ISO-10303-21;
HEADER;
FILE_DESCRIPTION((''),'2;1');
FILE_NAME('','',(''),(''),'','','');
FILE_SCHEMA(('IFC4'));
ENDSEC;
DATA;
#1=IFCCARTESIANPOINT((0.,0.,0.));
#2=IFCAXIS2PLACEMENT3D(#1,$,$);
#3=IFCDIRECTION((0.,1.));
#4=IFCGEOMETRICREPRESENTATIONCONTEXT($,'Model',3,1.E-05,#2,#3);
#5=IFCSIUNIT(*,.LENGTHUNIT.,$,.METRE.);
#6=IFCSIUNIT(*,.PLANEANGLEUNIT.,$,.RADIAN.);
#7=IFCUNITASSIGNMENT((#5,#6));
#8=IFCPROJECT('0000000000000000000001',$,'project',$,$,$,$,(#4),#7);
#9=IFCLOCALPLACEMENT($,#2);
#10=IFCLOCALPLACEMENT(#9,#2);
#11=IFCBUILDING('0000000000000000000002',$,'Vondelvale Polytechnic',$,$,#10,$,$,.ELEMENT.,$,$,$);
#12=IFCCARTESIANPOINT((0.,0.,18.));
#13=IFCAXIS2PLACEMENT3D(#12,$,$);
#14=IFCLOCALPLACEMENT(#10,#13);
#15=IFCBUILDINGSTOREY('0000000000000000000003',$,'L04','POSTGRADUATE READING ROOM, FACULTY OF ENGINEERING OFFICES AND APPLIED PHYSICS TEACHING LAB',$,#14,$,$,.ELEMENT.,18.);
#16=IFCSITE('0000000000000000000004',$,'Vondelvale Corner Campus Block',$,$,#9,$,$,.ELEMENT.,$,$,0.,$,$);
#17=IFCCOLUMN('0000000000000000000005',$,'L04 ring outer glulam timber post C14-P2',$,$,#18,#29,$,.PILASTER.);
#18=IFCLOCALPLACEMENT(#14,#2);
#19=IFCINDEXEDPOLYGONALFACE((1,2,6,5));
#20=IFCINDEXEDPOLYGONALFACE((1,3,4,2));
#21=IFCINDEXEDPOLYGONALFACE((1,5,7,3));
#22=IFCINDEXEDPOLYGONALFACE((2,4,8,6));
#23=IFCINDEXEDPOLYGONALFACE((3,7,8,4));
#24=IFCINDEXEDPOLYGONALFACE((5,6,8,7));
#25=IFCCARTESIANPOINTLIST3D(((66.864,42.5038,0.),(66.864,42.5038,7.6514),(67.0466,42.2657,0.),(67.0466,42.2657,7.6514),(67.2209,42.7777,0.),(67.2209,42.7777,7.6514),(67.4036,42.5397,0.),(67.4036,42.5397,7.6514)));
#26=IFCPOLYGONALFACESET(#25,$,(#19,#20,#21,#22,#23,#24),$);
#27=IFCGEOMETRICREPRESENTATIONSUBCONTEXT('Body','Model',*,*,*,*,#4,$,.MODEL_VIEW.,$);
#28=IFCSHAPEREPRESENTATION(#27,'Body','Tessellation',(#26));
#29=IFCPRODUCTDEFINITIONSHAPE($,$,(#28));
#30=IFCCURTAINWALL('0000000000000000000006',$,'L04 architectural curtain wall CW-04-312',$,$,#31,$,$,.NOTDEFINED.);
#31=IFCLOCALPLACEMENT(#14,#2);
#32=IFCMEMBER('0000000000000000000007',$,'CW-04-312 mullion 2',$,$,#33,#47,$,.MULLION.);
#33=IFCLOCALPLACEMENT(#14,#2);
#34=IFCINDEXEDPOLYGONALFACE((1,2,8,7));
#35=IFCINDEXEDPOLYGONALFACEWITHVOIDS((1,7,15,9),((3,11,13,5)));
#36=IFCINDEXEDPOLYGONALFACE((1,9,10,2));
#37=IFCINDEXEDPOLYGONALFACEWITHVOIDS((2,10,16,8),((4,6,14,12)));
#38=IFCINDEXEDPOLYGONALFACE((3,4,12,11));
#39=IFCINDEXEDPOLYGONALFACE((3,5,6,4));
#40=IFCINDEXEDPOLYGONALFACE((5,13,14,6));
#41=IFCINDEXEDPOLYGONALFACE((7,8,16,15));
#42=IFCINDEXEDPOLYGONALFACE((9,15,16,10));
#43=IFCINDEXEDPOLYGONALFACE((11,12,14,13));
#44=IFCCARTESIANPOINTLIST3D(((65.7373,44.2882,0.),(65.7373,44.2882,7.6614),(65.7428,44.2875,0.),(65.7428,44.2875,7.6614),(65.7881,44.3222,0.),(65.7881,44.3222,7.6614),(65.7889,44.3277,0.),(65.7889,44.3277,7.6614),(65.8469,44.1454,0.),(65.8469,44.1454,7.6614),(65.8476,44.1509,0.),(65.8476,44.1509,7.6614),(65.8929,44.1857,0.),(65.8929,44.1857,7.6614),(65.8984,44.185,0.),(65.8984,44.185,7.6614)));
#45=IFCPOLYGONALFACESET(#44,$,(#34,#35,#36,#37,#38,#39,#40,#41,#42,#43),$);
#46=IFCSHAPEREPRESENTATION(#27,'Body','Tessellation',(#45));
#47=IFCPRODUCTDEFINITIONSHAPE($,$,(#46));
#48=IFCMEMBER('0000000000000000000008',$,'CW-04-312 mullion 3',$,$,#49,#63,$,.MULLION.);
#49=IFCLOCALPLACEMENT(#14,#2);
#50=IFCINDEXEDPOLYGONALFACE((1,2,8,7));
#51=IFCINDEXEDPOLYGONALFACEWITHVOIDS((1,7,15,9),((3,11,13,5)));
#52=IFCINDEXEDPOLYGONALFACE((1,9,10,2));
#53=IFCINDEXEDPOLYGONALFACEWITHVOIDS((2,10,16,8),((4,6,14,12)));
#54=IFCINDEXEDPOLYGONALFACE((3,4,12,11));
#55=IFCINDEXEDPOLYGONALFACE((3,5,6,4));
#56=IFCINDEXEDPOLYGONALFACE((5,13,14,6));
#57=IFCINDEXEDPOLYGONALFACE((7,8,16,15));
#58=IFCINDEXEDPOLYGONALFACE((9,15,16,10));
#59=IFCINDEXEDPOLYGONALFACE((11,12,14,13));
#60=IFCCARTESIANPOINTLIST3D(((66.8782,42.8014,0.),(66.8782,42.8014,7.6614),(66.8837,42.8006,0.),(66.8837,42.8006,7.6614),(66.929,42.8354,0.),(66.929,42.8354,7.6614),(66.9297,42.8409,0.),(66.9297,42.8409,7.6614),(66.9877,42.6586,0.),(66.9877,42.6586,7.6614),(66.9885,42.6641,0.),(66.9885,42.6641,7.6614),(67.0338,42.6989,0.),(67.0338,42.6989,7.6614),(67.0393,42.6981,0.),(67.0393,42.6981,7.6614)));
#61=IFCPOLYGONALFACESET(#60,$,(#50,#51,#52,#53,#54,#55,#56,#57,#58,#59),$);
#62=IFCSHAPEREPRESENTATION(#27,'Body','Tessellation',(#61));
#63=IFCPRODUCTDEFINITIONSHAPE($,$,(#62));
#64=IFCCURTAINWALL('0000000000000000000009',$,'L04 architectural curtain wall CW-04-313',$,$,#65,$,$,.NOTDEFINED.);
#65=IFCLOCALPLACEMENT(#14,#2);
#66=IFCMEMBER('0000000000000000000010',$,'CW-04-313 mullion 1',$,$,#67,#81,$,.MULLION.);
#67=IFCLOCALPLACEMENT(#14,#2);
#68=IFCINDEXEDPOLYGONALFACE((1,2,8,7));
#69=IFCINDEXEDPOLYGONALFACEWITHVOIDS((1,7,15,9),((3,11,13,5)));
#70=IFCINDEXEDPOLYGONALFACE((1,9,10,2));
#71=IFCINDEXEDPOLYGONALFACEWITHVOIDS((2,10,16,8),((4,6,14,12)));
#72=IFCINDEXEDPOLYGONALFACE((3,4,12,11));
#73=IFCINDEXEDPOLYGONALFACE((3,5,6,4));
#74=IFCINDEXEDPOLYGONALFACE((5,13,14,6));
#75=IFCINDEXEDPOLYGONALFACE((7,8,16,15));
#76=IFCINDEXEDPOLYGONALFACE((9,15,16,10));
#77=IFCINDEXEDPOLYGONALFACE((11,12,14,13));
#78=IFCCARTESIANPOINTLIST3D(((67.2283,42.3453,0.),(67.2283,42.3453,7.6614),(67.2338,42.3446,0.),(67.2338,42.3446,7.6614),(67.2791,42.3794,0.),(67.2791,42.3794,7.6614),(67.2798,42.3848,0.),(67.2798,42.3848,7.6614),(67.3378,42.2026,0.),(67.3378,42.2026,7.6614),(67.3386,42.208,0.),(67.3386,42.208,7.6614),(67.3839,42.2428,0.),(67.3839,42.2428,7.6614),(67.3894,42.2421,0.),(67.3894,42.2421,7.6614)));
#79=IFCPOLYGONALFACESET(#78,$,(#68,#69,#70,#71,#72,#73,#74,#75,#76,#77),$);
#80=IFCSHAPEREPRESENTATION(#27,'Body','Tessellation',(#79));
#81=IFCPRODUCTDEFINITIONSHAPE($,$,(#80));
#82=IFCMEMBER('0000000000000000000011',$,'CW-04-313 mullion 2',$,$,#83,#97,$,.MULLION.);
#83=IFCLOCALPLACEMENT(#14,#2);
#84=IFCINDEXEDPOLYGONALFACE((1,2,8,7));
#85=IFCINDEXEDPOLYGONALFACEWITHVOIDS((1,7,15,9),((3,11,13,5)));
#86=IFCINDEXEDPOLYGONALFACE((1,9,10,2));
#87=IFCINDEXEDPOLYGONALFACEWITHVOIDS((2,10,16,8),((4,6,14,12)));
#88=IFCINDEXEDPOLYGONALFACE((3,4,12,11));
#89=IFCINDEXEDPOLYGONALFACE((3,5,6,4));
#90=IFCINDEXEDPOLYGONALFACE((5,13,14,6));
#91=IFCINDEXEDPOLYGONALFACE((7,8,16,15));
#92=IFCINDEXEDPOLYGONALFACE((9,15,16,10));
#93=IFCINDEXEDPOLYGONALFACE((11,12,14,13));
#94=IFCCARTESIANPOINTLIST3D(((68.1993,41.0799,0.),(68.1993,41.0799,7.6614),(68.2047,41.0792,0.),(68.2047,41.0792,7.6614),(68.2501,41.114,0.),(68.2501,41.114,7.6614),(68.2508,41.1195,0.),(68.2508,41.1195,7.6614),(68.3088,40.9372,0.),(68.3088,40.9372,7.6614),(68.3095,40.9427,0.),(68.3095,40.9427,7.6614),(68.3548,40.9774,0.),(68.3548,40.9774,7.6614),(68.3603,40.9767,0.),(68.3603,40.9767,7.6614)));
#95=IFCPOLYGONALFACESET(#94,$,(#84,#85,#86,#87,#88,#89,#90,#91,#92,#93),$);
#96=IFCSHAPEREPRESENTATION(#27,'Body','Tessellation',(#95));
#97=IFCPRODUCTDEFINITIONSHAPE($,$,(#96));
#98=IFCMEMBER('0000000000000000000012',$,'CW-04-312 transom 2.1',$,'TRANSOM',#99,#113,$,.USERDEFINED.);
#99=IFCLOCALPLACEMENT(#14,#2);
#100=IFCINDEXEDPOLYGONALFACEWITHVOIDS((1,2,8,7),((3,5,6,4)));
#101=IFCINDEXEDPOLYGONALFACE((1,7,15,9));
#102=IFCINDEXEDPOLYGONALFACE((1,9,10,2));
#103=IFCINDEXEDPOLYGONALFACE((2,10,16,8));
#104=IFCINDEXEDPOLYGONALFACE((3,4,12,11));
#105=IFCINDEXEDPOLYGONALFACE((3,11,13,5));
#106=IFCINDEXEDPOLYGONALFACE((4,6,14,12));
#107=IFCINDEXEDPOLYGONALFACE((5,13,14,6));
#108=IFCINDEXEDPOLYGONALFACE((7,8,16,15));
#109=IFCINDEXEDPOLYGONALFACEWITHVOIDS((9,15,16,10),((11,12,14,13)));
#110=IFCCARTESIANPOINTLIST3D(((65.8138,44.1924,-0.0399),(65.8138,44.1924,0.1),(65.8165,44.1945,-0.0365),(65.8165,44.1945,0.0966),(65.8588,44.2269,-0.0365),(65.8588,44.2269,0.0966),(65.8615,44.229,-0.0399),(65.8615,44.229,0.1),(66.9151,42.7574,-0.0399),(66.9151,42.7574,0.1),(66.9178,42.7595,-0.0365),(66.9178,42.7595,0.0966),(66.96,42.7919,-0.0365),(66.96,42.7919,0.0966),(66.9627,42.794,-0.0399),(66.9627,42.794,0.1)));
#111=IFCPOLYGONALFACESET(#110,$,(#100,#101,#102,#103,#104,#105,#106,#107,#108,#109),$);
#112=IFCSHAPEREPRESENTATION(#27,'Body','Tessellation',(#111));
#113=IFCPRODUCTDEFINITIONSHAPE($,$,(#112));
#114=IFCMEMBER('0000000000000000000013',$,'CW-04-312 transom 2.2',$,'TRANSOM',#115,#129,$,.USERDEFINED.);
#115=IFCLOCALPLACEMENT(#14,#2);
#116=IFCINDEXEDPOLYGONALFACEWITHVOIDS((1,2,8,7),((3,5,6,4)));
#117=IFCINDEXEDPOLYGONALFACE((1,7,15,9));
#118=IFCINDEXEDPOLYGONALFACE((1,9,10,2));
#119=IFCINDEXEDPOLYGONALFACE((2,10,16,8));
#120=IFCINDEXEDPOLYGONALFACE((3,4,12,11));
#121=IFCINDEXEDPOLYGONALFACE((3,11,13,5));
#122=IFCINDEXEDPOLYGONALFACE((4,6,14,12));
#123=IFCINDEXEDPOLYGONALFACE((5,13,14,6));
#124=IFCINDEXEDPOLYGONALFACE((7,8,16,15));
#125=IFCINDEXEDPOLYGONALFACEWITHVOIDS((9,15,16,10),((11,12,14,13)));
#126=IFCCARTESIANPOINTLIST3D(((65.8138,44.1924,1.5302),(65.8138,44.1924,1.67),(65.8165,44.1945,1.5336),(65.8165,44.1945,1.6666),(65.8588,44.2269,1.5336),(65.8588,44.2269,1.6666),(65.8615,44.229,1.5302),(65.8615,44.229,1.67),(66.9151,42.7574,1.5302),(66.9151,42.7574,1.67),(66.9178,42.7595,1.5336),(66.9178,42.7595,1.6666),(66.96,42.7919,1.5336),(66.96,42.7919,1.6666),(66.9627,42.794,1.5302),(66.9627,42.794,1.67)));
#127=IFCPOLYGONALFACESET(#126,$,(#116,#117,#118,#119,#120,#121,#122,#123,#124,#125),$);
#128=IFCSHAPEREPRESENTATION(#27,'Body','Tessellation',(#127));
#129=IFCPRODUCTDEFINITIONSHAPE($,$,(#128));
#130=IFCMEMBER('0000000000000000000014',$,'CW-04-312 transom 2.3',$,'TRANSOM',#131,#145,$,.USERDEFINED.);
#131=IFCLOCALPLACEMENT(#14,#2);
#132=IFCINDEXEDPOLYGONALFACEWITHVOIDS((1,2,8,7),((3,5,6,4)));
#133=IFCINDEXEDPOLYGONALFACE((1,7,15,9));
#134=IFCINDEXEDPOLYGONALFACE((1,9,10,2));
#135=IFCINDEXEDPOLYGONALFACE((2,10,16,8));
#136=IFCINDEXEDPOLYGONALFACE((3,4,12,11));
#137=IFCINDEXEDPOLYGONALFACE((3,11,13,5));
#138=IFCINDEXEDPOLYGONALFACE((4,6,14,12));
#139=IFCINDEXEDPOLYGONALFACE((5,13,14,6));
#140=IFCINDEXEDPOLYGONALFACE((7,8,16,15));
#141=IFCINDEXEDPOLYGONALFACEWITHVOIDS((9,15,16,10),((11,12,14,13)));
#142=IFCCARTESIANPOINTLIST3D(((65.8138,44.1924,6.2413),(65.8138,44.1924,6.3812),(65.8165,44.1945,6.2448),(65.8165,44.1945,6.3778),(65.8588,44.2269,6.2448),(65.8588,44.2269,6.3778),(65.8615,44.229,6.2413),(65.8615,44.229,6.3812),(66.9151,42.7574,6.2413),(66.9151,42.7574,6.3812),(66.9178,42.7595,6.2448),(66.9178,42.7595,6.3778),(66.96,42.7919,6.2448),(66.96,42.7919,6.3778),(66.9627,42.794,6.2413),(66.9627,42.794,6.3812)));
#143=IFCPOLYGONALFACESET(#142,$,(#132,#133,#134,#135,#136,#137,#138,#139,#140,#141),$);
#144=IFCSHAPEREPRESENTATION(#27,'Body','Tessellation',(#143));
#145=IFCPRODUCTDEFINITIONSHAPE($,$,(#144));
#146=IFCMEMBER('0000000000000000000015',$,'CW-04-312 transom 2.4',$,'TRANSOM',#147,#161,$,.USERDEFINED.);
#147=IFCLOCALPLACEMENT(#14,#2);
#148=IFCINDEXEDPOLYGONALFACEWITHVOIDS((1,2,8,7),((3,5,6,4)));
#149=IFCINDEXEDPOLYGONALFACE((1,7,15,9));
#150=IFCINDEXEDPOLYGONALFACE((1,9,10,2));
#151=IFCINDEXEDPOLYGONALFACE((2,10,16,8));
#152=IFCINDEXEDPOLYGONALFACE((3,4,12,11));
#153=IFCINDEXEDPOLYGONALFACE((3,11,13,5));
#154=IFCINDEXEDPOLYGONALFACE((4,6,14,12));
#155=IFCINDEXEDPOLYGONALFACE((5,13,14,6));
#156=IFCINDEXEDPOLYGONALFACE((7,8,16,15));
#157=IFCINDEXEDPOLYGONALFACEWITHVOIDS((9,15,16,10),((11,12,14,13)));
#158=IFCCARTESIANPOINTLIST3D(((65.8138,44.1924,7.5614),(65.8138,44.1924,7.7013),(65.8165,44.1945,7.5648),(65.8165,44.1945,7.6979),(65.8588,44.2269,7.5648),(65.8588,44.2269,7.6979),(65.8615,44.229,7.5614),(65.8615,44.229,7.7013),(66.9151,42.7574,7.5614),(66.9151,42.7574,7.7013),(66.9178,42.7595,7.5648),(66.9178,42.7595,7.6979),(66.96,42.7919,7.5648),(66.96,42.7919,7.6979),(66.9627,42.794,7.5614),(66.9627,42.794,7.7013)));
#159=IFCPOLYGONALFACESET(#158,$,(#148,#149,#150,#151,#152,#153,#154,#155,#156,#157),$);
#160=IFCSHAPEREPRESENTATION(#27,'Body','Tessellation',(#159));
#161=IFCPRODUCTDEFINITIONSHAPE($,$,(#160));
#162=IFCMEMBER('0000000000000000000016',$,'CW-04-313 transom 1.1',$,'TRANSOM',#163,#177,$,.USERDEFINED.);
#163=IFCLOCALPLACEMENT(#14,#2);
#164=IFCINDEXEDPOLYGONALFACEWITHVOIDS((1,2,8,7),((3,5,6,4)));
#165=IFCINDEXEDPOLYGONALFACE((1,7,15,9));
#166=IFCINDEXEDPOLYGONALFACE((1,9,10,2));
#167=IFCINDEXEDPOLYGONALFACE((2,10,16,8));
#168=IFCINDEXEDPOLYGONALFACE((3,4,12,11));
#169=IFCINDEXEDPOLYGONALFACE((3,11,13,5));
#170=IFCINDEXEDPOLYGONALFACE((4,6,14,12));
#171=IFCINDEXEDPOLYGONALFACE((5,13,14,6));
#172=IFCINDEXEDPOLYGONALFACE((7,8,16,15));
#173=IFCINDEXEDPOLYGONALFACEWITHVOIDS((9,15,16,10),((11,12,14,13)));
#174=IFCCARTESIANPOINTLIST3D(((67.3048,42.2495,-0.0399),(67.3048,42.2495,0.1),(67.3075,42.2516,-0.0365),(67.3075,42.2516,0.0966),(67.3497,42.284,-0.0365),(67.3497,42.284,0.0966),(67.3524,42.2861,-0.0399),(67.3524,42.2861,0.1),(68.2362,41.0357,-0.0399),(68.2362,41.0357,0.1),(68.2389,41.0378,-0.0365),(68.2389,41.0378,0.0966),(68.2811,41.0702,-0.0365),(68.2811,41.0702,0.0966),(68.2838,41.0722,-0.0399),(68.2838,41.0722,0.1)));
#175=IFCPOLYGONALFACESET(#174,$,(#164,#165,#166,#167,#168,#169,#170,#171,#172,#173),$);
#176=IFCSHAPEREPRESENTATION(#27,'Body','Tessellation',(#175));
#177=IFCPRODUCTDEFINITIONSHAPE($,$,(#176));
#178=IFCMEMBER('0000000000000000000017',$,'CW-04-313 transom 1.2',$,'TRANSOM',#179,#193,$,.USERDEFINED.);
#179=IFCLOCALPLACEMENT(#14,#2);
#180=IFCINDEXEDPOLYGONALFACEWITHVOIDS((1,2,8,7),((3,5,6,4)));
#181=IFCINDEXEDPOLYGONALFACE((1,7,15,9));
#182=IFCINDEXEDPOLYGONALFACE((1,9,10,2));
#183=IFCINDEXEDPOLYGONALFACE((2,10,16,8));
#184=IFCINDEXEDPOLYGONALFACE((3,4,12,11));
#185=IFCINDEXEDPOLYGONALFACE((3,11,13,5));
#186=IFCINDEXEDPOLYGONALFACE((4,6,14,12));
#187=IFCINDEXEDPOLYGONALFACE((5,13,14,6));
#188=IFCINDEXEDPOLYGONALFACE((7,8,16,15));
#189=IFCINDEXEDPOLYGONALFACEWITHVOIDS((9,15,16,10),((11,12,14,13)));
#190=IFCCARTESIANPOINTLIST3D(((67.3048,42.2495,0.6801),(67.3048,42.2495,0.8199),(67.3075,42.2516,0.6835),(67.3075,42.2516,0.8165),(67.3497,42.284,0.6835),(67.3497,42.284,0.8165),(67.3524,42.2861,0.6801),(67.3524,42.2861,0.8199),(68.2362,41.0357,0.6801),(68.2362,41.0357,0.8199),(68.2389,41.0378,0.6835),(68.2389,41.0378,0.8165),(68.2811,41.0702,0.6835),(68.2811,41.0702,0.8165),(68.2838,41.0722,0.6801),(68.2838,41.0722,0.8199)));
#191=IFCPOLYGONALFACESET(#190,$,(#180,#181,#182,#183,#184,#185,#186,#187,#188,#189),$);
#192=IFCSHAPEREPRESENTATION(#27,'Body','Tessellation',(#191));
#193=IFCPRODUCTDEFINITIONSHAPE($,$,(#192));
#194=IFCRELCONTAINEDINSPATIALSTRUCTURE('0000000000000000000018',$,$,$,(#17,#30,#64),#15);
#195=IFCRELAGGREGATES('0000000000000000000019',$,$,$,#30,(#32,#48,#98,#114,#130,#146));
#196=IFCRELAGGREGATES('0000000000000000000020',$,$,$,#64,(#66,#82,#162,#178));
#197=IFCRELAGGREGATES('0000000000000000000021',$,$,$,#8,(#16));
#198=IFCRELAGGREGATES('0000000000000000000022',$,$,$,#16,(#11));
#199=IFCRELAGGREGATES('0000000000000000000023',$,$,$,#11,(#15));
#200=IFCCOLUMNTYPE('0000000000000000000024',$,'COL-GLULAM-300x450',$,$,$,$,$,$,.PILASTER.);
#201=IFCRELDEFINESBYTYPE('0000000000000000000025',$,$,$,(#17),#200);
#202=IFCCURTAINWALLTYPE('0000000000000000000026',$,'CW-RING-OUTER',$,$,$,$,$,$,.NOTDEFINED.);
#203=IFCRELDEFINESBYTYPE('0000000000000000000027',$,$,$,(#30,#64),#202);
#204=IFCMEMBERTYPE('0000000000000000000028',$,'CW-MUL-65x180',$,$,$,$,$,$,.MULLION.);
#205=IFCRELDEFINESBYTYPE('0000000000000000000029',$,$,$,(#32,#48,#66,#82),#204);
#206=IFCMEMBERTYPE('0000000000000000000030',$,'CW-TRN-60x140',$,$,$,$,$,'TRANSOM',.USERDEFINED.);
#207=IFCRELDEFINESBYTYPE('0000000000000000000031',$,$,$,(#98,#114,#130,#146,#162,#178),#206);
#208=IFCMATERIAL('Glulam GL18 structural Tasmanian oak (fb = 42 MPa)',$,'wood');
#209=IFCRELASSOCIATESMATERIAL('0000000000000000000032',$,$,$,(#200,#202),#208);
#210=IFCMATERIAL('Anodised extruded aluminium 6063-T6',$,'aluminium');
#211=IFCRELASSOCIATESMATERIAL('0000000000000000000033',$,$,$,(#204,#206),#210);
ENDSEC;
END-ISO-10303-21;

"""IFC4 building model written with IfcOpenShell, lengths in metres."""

from ifc_helpers import new_model, si_unit, direction, frame, origin, origin_2d, place, context, subcontext, project, spatial, rectangle, hollow_rectangle, extrude, material, material_profile, profile_set, type_object, element, aggregate, save


model = new_model("IFC4")

# Units and contexts
model_context = context("Model", 3, precision=1e-05, world=origin(), true_north=direction((0.0, 1.0)))
body_context = subcontext(model_context, "Body", "Model", "MODEL_VIEW")
ifc_project = project(units=[si_unit("LENGTHUNIT", "METRE"), si_unit("PLANEANGLEUNIT", "RADIAN")], contexts=[model_context])

# Site, building, storey
site_placement = place(None, origin())
site = spatial("IfcSite", under=ifc_project, at=site_placement, Name="Vondelvale Corner Campus Block", CompositionType="ELEMENT", RefElevation=0.0)
building_placement = place(site_placement, origin())
building = spatial("IfcBuilding", under=site, at=building_placement, Name="Vondelvale Polytechnic", CompositionType="ELEMENT")
storey_placement = place(building_placement, frame((0.0, 0.0, 18.0)))
storey = spatial("IfcBuildingStorey", under=building, at=storey_placement, Name="L04", Description="POSTGRADUATE READING ROOM, FACULTY OF ENGINEERING OFFICES AND APPLIED PHYSICS TEACHING LAB", CompositionType="ELEMENT", Elevation=18.0)

# Column
ifc_material_1 = material(Name="Glulam GL18 structural Tasmanian oak (fb = 42 MPa)", Category="wood")
ifc_material_profile_1 = material_profile(ifc_material_1, rectangle(XDim=0.3, YDim=0.45, at=origin_2d()), Name="GL-POST-300x450")
ifc_profile_set_1 = profile_set([ifc_material_profile_1], Name="Glulam GL18 structural Tasmanian oak (fb = 42 MPa)")
column_type = type_object("IfcColumnType", Name="COL-GLULAM-300x450", PredefinedType="PILASTER", material=ifc_profile_set_1)
column_placement = place(storey_placement, frame((67.1338, 42.5217, 0.0), z_axis=(0.0, 0.0, 1.0), x_axis=(-0.608761, 0.793353, 0.0)))
element("IfcColumn", 1, at=column_placement, inside=storey, type_object=column_type, Name="L04 ring outer glulam timber post C14-P2", PredefinedType="PILASTER", context=body_context, shape_type="SweptSolid", body=[
    extrude(rectangle(XDim=0.3, YDim=0.45, at=origin_2d()), origin(), (0.0, 0.0, 1.0), 7.6514),
])

# Curtain walls, members
curtain_wall_type = type_object("IfcCurtainWallType", Name="CW-RING-OUTER", PredefinedType="NOTDEFINED", material=ifc_material_1)
curtain_wall_1_placement = place(storey_placement, origin())
curtain_wall_1 = element("IfcCurtainWall", 2, at=curtain_wall_1_placement, inside=storey, type_object=curtain_wall_type, Name="L04 architectural curtain wall CW-04-312", PredefinedType="NOTDEFINED")
ifc_material_2 = material(Name="Anodised extruded aluminium 6063-T6", Category="aluminium")
ifc_material_profile_2 = material_profile(ifc_material_2, hollow_rectangle(XDim=0.0649, YDim=0.1799, WallThickness=0.0039, at=origin_2d()), Name="CW-MUL-180x65")
ifc_profile_set_2 = profile_set([ifc_material_profile_2], Name="Anodised extruded aluminium 6063-T6")
member_type_1 = type_object("IfcMemberType", Name="CW-MUL-65x180", PredefinedType="MULLION", material=ifc_profile_set_2)
member_1_placement = place(storey_placement, frame((65.8179, 44.2366, 0.0), z_axis=(0.0, 0.0, 1.0), x_axis=(0.793346, 0.608771, 0.0)))
member_1 = element("IfcMember", 3, at=member_1_placement, type_object=member_type_1, Name="CW-04-312 mullion 2", PredefinedType="MULLION", context=body_context, shape_type="SweptSolid", body=[
    extrude(hollow_rectangle(XDim=0.0649, YDim=0.1799, WallThickness=0.0039, at=origin_2d()), origin(), (0.0, 0.0, 1.0), 7.6614),
])
member_2_placement = place(storey_placement, frame((66.9587, 42.7498, 0.0), z_axis=(0.0, 0.0, 1.0), x_axis=(0.793346, 0.608771, 0.0)))
member_2 = element("IfcMember", 4, at=member_2_placement, type_object=member_type_1, Name="CW-04-312 mullion 3", PredefinedType="MULLION", context=body_context, shape_type="SweptSolid", body=[
    extrude(hollow_rectangle(XDim=0.0649, YDim=0.1799, WallThickness=0.0039, at=origin_2d()), origin(), (0.0, 0.0, 1.0), 7.6614),
])
curtain_wall_2_placement = place(storey_placement, origin())
curtain_wall_2 = element("IfcCurtainWall", 5, at=curtain_wall_2_placement, inside=storey, type_object=curtain_wall_type, Name="L04 architectural curtain wall CW-04-313", PredefinedType="NOTDEFINED")
member_3_placement = place(storey_placement, frame((67.3088, 42.2937, 0.0), z_axis=(0.0, 0.0, 1.0), x_axis=(0.793334, 0.608787, 0.0)))
member_3 = element("IfcMember", 6, at=member_3_placement, type_object=member_type_1, Name="CW-04-313 mullion 1", PredefinedType="MULLION", context=body_context, shape_type="SweptSolid", body=[
    extrude(hollow_rectangle(XDim=0.0649, YDim=0.1799, WallThickness=0.0039, at=origin_2d()), origin(), (0.0, 0.0, 1.0), 7.6614),
])
member_4_placement = place(storey_placement, frame((68.2798, 41.0283, 0.0), z_axis=(0.0, 0.0, 1.0), x_axis=(0.793334, 0.608787, 0.0)))
member_4 = element("IfcMember", 7, at=member_4_placement, type_object=member_type_1, Name="CW-04-313 mullion 2", PredefinedType="MULLION", context=body_context, shape_type="SweptSolid", body=[
    extrude(hollow_rectangle(XDim=0.0649, YDim=0.1799, WallThickness=0.0039, at=origin_2d()), origin(), (0.0, 0.0, 1.0), 7.6614),
])

# Members
ifc_material_profile_3 = material_profile(ifc_material_2, hollow_rectangle(XDim=0.0601, YDim=0.1399, WallThickness=0.0034, at=origin_2d()), Name="CW-TRN-140x60")
ifc_profile_set_3 = profile_set([ifc_material_profile_3], Name="Anodised extruded aluminium 6063-T6")
member_type_2 = type_object("IfcMemberType", Name="CW-TRN-60x140", ElementType="TRANSOM", PredefinedType="USERDEFINED", material=ifc_profile_set_3)
member_5_placement = place(storey_placement, frame((65.8376, 44.2107, 0.03), z_axis=(0.608817, -0.793311, 0.0), x_axis=(0.793311, 0.608817, 0.0)))
member_5 = element("IfcMember", 8, at=member_5_placement, type_object=member_type_2, Name="CW-04-312 transom 2.1", ObjectType="TRANSOM", PredefinedType="USERDEFINED", context=body_context, shape_type="SweptSolid", body=[
    extrude(hollow_rectangle(XDim=0.0601, YDim=0.1399, WallThickness=0.0034, at=origin_2d()), origin(), (0.0, 0.0, 1.0), 1.8088),
])
member_6_placement = place(storey_placement, frame((65.8376, 44.2107, 1.6001), z_axis=(0.608817, -0.793311, 0.0), x_axis=(0.793311, 0.608817, 0.0)))
member_6 = element("IfcMember", 9, at=member_6_placement, type_object=member_type_2, Name="CW-04-312 transom 2.2", ObjectType="TRANSOM", PredefinedType="USERDEFINED", context=body_context, shape_type="SweptSolid", body=[
    extrude(hollow_rectangle(XDim=0.0601, YDim=0.1399, WallThickness=0.0034, at=origin_2d()), origin(), (0.0, 0.0, 1.0), 1.8088),
])
member_7_placement = place(storey_placement, frame((65.8376, 44.2107, 6.3113), z_axis=(0.608817, -0.793311, 0.0), x_axis=(0.793311, 0.608817, 0.0)))
member_7 = element("IfcMember", 10, at=member_7_placement, type_object=member_type_2, Name="CW-04-312 transom 2.3", ObjectType="TRANSOM", PredefinedType="USERDEFINED", context=body_context, shape_type="SweptSolid", body=[
    extrude(hollow_rectangle(XDim=0.0601, YDim=0.1399, WallThickness=0.0034, at=origin_2d()), origin(), (0.0, 0.0, 1.0), 1.8088),
])
member_8_placement = place(storey_placement, frame((65.8376, 44.2107, 7.6313), z_axis=(0.608817, -0.793311, 0.0), x_axis=(0.793311, 0.608817, 0.0)))
member_8 = element("IfcMember", 11, at=member_8_placement, type_object=member_type_2, Name="CW-04-312 transom 2.4", ObjectType="TRANSOM", PredefinedType="USERDEFINED", context=body_context, shape_type="SweptSolid", body=[
    extrude(hollow_rectangle(XDim=0.0601, YDim=0.1399, WallThickness=0.0034, at=origin_2d()), origin(), (0.0, 0.0, 1.0), 1.8088),
])
member_9_placement = place(storey_placement, frame((67.3286, 42.2678, 0.03), z_axis=(0.608746, -0.793365, 0.0), x_axis=(0.793365, 0.608746, 0.0)))
member_9 = element("IfcMember", 12, at=member_9_placement, type_object=member_type_2, Name="CW-04-313 transom 1.1", ObjectType="TRANSOM", PredefinedType="USERDEFINED", context=body_context, shape_type="SweptSolid", body=[
    extrude(hollow_rectangle(XDim=0.0601, YDim=0.1399, WallThickness=0.0034, at=origin_2d()), origin(), (0.0, 0.0, 1.0), 1.53),
])
member_10_placement = place(storey_placement, frame((67.3286, 42.2678, 0.75), z_axis=(0.608746, -0.793365, 0.0), x_axis=(0.793365, 0.608746, 0.0)))
member_10 = element("IfcMember", 13, at=member_10_placement, type_object=member_type_2, Name="CW-04-313 transom 1.2", ObjectType="TRANSOM", PredefinedType="USERDEFINED", context=body_context, shape_type="SweptSolid", body=[
    extrude(hollow_rectangle(XDim=0.0601, YDim=0.1399, WallThickness=0.0034, at=origin_2d()), origin(), (0.0, 0.0, 1.0), 1.53),
])

aggregate(curtain_wall_1, [member_1, member_2, member_5, member_6, member_7, member_8])
aggregate(curtain_wall_2, [member_3, member_4, member_9, member_10])

save(model, "model.ifc")
